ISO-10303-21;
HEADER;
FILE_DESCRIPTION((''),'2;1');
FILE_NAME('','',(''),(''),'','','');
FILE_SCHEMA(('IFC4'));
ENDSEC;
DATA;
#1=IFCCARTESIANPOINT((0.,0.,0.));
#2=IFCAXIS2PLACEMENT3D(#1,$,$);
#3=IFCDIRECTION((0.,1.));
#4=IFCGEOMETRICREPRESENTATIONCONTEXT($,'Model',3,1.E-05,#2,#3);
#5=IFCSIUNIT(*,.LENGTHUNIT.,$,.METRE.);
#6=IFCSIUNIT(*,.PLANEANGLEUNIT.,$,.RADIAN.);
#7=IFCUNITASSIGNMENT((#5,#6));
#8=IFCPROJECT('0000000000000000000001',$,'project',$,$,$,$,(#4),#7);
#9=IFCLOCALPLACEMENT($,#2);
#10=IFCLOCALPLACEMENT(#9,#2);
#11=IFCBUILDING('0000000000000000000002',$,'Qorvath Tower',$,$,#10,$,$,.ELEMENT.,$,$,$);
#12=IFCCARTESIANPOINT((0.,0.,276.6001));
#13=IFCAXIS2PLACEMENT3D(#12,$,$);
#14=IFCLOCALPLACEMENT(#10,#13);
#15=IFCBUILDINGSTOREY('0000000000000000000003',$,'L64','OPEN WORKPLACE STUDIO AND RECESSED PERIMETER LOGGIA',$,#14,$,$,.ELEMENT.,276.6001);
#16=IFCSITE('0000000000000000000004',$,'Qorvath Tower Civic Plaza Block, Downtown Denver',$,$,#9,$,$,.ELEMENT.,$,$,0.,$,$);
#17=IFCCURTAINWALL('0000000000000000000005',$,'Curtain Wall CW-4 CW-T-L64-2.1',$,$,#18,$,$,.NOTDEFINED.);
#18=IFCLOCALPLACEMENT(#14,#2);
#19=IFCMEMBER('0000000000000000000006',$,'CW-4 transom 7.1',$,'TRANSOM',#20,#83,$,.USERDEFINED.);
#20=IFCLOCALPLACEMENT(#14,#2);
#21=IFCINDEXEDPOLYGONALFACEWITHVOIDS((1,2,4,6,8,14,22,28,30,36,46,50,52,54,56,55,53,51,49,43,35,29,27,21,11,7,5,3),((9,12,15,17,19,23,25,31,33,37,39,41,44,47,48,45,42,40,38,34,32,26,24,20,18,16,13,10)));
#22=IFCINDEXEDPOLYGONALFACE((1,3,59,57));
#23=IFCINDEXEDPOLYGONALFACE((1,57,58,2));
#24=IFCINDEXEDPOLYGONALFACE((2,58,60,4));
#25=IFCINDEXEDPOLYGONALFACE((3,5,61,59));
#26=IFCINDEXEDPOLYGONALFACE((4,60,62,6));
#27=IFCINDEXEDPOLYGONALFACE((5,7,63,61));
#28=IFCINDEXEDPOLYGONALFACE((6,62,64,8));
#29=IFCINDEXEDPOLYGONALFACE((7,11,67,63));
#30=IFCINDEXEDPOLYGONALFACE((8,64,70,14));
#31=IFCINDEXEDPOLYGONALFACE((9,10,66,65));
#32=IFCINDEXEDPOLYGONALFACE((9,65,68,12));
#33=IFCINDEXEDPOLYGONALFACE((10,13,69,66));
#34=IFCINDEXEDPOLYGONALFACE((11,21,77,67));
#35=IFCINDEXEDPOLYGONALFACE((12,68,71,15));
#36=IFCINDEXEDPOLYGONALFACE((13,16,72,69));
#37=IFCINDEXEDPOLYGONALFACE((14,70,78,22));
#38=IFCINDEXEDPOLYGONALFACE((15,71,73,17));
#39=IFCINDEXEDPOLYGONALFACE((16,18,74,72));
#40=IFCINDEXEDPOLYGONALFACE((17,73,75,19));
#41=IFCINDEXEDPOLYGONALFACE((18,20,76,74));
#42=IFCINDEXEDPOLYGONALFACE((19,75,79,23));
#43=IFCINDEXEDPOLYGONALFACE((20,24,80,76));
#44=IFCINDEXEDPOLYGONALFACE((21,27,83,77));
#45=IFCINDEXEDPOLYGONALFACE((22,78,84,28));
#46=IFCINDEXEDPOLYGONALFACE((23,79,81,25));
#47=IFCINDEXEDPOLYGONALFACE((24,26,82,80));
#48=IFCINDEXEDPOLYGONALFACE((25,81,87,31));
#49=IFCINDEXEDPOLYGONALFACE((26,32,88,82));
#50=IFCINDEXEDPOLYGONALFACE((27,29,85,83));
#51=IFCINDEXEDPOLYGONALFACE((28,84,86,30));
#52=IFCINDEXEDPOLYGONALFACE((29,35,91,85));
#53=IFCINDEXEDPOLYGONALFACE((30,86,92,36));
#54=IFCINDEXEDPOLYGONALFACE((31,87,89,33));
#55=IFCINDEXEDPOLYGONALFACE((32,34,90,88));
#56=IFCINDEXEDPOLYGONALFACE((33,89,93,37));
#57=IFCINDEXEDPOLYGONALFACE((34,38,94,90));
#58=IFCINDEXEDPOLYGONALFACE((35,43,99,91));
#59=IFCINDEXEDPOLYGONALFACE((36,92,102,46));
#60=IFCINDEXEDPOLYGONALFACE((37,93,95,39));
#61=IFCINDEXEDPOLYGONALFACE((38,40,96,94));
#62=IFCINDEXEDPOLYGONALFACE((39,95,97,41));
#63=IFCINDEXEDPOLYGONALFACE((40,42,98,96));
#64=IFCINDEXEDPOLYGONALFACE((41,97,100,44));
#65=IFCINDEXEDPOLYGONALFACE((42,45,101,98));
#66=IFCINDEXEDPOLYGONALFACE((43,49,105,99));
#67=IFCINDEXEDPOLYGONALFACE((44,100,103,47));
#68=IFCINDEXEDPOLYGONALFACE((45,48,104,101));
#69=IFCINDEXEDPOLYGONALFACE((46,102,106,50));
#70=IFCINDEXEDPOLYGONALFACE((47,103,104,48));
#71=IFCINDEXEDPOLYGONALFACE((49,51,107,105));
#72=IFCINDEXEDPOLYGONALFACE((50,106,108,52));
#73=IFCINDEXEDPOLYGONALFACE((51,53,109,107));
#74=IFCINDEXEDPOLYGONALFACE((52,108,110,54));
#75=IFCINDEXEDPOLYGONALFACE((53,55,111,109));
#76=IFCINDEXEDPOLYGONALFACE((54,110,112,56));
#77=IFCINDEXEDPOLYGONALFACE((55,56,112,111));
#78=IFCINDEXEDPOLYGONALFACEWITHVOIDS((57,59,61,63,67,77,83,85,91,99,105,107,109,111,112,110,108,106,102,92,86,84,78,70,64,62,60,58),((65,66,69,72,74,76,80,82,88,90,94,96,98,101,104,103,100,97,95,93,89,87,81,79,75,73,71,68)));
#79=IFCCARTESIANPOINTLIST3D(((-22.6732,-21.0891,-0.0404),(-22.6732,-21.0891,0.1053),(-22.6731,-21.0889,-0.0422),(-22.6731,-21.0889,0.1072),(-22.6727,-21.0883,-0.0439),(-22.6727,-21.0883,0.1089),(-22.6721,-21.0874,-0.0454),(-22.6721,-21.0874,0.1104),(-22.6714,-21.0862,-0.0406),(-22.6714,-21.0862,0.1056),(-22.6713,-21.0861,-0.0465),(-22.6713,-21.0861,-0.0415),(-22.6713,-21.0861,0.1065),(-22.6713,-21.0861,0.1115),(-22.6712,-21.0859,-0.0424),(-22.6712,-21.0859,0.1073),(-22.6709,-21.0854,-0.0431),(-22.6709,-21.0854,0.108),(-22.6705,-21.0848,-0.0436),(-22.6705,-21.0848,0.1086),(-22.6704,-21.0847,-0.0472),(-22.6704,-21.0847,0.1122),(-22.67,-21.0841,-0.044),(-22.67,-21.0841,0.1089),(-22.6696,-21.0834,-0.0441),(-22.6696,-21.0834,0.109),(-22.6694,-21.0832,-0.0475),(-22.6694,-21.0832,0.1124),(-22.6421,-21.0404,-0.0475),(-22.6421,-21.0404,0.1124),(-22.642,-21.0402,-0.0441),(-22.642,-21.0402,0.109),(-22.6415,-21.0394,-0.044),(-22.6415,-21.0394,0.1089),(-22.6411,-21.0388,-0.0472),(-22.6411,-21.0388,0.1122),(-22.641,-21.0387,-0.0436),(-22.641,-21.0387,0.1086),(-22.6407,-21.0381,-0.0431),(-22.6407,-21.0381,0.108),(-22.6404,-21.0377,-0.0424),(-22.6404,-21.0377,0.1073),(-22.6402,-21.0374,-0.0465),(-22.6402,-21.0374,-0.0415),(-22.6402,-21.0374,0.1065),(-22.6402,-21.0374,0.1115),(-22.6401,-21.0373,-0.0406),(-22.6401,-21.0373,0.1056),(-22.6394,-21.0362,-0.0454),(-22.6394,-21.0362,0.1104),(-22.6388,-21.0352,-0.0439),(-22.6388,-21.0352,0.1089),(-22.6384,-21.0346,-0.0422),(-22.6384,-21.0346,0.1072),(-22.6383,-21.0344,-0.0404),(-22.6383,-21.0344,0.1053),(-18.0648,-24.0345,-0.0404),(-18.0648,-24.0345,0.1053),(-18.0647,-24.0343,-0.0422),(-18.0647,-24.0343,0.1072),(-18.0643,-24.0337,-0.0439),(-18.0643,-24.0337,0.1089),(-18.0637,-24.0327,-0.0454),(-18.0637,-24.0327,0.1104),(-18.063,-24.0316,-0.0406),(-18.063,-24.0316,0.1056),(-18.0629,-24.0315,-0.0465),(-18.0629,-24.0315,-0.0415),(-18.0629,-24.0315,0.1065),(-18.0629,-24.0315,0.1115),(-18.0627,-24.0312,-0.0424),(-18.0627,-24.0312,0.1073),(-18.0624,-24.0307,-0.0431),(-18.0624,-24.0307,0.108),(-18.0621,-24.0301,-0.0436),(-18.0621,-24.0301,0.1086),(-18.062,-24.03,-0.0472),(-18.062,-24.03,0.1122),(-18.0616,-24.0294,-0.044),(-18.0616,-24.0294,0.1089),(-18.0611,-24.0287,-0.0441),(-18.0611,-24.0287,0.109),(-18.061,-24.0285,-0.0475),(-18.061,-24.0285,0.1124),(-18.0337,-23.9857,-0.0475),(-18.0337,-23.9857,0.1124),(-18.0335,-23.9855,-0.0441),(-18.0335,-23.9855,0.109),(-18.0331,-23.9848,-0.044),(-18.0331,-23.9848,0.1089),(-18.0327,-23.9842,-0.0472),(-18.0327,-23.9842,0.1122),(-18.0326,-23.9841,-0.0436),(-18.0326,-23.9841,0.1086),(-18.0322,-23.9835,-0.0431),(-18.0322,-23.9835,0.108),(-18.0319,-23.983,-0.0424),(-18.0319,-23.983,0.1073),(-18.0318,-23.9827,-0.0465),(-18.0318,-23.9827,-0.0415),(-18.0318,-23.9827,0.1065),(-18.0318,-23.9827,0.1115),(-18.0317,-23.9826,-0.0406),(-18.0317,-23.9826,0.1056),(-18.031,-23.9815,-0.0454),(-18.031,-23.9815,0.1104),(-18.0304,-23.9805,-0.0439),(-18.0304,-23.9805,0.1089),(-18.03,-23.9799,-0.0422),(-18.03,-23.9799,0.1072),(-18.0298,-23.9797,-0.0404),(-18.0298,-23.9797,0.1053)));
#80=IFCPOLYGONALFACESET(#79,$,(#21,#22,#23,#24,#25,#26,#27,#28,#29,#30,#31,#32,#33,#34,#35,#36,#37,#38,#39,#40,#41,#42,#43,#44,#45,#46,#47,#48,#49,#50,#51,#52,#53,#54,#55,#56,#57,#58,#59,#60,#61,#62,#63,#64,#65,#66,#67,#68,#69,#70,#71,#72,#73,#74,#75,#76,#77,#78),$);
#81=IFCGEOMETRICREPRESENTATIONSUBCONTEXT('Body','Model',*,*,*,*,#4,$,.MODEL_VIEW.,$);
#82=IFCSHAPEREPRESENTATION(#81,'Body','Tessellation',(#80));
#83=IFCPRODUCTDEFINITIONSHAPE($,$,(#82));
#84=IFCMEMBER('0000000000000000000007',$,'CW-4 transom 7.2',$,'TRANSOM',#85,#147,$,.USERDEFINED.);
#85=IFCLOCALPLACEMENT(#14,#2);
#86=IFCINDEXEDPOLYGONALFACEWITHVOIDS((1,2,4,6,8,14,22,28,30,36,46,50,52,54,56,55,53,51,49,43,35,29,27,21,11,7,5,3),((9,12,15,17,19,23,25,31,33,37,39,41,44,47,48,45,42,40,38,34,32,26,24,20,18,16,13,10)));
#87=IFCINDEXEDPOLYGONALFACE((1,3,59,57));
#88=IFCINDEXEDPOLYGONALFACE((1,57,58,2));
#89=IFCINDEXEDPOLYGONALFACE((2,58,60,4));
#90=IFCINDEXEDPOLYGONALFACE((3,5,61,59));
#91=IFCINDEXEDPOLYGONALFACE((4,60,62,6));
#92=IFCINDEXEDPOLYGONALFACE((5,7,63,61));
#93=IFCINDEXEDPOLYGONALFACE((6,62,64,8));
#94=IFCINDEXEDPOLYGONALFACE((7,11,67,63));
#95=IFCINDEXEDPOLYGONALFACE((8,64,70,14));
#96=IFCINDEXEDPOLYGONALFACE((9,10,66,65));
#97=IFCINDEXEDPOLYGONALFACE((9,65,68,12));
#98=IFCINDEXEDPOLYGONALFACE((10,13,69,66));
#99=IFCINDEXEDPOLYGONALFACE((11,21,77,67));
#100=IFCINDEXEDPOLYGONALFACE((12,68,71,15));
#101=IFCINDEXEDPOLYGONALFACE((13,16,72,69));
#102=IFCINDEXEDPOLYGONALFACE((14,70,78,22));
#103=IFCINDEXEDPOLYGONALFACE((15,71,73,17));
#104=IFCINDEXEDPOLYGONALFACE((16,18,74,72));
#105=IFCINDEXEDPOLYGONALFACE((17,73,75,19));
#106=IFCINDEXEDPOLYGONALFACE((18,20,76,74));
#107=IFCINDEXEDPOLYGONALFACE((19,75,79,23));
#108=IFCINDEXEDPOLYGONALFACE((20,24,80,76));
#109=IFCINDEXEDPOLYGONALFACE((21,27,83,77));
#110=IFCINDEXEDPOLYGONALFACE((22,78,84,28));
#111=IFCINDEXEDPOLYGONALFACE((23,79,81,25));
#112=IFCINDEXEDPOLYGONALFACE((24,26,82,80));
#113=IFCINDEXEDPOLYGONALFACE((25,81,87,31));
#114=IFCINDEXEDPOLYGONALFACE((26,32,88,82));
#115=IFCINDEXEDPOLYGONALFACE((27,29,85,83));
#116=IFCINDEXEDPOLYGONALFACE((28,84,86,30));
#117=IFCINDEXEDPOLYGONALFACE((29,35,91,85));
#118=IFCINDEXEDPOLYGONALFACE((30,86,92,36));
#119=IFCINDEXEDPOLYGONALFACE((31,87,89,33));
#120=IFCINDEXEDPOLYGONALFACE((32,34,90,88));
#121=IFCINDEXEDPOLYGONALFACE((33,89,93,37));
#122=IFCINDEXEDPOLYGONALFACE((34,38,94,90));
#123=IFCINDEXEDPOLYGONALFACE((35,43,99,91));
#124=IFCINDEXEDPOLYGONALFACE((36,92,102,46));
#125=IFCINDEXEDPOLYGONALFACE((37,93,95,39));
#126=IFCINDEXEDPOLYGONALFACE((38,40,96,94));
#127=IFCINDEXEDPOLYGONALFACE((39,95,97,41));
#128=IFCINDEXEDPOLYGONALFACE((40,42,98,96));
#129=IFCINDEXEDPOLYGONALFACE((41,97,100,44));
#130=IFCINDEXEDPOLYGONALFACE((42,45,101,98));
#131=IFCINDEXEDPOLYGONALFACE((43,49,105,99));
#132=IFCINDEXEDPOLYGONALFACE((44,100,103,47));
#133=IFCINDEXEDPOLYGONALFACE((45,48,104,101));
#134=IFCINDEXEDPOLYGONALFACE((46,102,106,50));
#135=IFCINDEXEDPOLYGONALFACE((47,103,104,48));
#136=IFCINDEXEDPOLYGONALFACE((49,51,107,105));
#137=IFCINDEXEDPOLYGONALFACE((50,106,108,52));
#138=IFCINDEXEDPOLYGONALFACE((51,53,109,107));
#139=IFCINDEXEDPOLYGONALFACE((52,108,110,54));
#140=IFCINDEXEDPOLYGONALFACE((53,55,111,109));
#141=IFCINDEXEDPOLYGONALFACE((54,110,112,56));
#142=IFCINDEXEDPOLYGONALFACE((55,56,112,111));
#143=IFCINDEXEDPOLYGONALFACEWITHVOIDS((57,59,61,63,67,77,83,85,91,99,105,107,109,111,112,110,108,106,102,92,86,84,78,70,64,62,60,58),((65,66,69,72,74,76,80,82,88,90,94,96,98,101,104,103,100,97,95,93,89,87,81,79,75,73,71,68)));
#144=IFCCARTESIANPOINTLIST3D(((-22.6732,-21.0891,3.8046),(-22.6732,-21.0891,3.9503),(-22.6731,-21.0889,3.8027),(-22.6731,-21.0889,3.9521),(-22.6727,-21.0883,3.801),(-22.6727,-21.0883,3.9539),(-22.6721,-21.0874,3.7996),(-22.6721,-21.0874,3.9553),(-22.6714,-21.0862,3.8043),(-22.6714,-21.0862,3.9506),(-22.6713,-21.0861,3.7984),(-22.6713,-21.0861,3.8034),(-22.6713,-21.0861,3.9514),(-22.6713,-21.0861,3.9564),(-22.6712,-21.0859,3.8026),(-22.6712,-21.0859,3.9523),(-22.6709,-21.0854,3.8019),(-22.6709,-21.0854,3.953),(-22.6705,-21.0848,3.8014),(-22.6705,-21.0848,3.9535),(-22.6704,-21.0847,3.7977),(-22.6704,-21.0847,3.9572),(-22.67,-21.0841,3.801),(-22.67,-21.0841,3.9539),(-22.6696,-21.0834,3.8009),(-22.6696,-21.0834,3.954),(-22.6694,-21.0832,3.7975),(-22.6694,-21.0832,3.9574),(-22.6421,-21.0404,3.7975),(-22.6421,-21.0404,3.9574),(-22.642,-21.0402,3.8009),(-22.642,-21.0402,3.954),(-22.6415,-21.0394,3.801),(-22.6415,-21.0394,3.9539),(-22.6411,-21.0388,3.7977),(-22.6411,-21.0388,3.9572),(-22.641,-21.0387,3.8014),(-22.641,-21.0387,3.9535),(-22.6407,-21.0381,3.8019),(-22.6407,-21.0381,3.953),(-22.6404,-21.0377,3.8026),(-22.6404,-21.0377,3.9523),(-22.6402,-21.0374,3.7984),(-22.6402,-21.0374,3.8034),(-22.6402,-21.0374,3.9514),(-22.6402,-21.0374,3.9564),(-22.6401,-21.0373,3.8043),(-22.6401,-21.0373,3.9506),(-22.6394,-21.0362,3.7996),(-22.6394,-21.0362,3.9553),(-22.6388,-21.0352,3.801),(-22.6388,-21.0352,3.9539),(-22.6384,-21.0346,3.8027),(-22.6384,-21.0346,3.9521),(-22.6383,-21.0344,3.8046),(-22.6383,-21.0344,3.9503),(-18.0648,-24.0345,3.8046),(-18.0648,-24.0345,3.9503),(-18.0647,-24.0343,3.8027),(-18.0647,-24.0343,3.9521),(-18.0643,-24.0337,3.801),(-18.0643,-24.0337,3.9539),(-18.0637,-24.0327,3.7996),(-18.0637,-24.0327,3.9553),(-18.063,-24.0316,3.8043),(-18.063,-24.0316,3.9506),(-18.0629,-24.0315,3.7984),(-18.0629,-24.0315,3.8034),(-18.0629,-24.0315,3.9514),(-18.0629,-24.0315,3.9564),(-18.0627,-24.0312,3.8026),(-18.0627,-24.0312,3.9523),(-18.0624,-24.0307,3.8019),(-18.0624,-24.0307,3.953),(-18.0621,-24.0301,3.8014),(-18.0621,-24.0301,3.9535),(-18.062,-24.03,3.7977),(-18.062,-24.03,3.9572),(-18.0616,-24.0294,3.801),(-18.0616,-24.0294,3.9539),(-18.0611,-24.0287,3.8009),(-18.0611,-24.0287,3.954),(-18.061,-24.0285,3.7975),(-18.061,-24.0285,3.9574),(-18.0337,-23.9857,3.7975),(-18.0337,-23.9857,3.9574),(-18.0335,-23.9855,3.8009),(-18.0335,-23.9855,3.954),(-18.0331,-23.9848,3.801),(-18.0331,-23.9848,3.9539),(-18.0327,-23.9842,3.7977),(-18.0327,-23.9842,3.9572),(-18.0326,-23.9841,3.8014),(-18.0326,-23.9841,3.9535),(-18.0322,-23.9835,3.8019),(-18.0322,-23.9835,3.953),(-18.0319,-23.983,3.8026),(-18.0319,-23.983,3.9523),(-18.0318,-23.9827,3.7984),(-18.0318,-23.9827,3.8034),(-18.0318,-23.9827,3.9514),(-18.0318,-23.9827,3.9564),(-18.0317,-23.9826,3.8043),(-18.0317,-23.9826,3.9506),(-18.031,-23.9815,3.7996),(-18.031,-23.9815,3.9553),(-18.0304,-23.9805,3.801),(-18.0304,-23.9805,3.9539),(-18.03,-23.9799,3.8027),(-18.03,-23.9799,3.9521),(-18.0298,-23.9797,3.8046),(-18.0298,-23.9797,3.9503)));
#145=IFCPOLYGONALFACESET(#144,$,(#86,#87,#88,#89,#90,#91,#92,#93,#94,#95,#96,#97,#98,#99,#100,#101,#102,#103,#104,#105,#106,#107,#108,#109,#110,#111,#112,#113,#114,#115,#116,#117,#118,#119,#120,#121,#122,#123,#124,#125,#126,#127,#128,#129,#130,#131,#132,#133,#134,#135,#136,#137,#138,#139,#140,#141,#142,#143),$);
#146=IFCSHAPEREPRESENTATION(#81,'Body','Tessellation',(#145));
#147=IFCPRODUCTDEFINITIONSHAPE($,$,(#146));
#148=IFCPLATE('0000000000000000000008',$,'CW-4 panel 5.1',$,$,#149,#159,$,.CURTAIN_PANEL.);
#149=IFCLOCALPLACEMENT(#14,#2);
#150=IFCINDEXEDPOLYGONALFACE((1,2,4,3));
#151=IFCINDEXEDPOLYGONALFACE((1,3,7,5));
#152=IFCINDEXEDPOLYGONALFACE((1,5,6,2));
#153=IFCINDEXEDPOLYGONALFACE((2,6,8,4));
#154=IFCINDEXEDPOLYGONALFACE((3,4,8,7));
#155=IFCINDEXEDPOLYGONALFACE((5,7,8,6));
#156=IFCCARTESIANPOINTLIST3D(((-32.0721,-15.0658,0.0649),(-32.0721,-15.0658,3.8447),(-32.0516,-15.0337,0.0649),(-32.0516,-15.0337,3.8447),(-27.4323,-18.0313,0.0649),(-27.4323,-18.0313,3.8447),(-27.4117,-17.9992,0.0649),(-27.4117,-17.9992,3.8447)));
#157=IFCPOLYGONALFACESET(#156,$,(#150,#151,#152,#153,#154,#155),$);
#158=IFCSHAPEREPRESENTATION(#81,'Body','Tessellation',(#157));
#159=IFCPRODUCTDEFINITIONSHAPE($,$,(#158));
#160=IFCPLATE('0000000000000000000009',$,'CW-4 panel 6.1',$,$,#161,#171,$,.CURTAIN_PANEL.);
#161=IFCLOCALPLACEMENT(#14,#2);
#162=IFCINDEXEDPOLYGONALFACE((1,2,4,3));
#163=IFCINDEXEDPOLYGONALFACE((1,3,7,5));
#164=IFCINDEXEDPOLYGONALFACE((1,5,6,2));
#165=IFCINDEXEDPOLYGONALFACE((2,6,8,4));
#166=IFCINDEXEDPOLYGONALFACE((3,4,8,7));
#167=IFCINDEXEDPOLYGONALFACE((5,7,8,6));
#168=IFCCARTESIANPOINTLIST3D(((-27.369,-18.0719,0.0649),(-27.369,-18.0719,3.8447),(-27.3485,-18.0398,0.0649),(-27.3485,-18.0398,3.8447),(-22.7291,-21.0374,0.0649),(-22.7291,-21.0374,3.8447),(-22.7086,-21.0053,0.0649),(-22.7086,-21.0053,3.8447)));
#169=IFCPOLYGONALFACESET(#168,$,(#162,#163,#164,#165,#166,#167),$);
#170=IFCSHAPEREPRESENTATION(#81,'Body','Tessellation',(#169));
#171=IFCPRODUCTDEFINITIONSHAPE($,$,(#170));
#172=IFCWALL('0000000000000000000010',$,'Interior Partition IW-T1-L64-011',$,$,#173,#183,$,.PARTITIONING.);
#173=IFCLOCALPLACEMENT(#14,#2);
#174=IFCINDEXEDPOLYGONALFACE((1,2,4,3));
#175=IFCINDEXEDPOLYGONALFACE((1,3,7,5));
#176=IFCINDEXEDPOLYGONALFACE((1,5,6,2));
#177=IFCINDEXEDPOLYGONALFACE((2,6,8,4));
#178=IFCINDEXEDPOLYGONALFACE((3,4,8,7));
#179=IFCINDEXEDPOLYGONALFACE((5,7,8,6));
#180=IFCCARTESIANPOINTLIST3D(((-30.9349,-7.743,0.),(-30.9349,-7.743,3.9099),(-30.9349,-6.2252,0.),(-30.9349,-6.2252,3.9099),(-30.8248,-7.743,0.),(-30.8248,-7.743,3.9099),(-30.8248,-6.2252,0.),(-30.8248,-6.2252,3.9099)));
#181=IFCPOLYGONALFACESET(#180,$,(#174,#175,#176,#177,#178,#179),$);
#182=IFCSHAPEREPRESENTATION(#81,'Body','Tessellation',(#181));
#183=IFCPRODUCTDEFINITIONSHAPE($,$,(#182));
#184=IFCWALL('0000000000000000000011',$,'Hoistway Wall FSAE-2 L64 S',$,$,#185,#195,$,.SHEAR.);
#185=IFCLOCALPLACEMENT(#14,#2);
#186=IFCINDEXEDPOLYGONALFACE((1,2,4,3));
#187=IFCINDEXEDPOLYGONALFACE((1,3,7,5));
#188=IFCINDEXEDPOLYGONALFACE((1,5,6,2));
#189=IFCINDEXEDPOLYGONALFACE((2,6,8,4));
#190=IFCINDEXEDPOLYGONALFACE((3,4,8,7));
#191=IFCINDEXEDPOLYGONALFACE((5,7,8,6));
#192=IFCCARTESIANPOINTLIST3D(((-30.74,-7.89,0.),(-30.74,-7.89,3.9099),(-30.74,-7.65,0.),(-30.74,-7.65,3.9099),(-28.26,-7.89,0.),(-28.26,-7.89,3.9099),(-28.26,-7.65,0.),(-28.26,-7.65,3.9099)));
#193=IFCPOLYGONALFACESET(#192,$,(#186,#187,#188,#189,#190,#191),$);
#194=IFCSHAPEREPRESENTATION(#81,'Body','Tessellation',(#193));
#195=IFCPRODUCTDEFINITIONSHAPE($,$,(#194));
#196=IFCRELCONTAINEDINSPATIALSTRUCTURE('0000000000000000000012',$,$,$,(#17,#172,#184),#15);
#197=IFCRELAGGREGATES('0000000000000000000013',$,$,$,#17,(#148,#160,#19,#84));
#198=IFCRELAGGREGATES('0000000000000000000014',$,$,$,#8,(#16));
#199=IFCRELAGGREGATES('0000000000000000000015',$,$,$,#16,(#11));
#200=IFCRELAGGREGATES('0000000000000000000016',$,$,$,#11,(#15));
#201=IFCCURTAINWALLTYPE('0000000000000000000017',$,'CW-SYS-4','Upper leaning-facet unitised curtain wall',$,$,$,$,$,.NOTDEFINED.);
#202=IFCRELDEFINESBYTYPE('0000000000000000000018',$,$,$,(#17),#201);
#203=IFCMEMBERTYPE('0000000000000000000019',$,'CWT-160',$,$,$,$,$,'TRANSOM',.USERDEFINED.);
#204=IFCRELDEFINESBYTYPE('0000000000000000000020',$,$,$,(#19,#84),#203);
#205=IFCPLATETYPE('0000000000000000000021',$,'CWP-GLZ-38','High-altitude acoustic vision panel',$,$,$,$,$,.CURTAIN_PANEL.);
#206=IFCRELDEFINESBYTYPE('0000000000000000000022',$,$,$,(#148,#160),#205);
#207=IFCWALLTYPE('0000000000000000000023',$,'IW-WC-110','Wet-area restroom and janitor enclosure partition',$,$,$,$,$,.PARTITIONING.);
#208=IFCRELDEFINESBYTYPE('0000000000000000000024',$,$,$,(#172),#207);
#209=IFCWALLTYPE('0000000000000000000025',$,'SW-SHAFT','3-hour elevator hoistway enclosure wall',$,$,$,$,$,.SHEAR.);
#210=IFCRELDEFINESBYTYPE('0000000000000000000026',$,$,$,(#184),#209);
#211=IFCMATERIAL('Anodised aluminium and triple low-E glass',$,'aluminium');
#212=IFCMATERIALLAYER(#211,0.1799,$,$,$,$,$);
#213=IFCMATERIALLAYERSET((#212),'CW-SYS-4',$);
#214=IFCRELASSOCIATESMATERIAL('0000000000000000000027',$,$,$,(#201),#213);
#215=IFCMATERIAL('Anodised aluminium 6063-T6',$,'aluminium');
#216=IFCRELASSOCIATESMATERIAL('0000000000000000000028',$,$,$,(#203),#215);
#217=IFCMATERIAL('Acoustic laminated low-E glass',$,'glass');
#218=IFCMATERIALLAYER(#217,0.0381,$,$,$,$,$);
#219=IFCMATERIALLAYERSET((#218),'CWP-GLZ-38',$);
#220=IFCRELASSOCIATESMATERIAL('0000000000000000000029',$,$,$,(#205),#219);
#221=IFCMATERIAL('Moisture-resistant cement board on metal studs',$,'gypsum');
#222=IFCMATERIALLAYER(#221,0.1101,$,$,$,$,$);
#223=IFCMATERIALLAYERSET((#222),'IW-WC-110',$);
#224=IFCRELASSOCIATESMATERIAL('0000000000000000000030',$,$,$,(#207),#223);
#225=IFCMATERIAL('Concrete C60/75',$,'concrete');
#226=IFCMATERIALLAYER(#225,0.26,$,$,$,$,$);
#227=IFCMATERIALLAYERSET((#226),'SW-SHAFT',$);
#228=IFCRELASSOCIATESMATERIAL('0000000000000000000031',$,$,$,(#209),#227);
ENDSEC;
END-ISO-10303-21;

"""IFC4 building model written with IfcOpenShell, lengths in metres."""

from ifc_helpers import new_model, si_unit, direction, frame, frame_2d, origin, origin_2d, place, context, subcontext, project, spatial, rectangle, hollow_rectangle, extrude, material, layer, layer_set, material_profile, profile_set, type_object, element, aggregate, save


model = new_model("IFC4")

# Units and contexts
model_context = context("Model", 3, precision=1e-05, world=origin(), true_north=direction((0.0, 1.0)))
body_context = subcontext(model_context, "Body", "Model", "MODEL_VIEW")
ifc_project = project(units=[si_unit("LENGTHUNIT", "METRE"), si_unit("PLANEANGLEUNIT", "RADIAN")], contexts=[model_context])

# Site, building, storey
site_placement = place(None, origin())
site = spatial("IfcSite", under=ifc_project, at=site_placement, Name="Qorvath Tower Civic Plaza Block, Downtown Denver", CompositionType="ELEMENT", RefElevation=0.0)
building_placement = place(site_placement, origin())
building = spatial("IfcBuilding", under=site, at=building_placement, Name="Qorvath Tower", CompositionType="ELEMENT")
storey_placement = place(building_placement, frame((0.0, 0.0, 276.6001)))
storey = spatial("IfcBuildingStorey", under=building, at=storey_placement, Name="L64", Description="OPEN WORKPLACE STUDIO AND RECESSED PERIMETER LOGGIA", CompositionType="ELEMENT", Elevation=276.6001)

# Curtain wall, members, plates
ifc_material_1 = material(Name="Anodised aluminium and triple low-E glass", Category="aluminium")
ifc_layer_1 = layer(ifc_material_1, 0.1799)
ifc_layer_set_1 = layer_set([ifc_layer_1], Name="CW-SYS-4")
curtain_wall_type = type_object("IfcCurtainWallType", Name="CW-SYS-4", Description="Upper leaning-facet unitised curtain wall", PredefinedType="NOTDEFINED", material=ifc_layer_set_1)
curtain_wall_placement = place(storey_placement, origin())
curtain_wall = element("IfcCurtainWall", 1, at=curtain_wall_placement, inside=storey, type_object=curtain_wall_type, Name="Curtain Wall CW-4 CW-T-L64-2.1", PredefinedType="NOTDEFINED")
ifc_material_2 = material(Name="Anodised aluminium 6063-T6", Category="aluminium")
ifc_material_profile_1 = material_profile(ifc_material_2, hollow_rectangle(XDim=0.0649, YDim=0.1599, WallThickness=0.0034, InnerFilletRadius=0.0034, OuterFilletRadius=0.0071, at=origin_2d()), Name="CWT 160x65")
ifc_profile_set_1 = profile_set([ifc_material_profile_1], Name="Anodised aluminium 6063-T6")
member_type_1 = type_object("IfcMemberType", Name="CWT-160", ElementType="TRANSOM", PredefinedType="USERDEFINED", material=ifc_profile_set_1)
member_1_placement = place(storey_placement, frame((-22.6558, -21.0618, 0.0325), z_axis=(0.842608, -0.538527, 0.0), x_axis=(0.538527, 0.842608, 0.0)))
member_1 = element("IfcMember", 2, at=member_1_placement, type_object=member_type_1, Name="CW-4 transom 7.1", ObjectType="TRANSOM", PredefinedType="USERDEFINED", context=body_context, shape_type="SweptSolid", body=[
    extrude(hollow_rectangle(XDim=0.0649, YDim=0.1599, WallThickness=0.0034, InnerFilletRadius=0.0034, OuterFilletRadius=0.0071, at=origin_2d()), origin(), (0.0, 0.0, 1.0), 5.4692),
])
member_2_placement = place(storey_placement, frame((-22.6558, -21.0618, 3.8774), z_axis=(0.842608, -0.538527, 0.0), x_axis=(0.538527, 0.842608, 0.0)))
member_2 = element("IfcMember", 3, at=member_2_placement, type_object=member_type_1, Name="CW-4 transom 7.2", ObjectType="TRANSOM", PredefinedType="USERDEFINED", context=body_context, shape_type="SweptSolid", body=[
    extrude(hollow_rectangle(XDim=0.0649, YDim=0.1599, WallThickness=0.0034, InnerFilletRadius=0.0034, OuterFilletRadius=0.0071, at=origin_2d()), origin(), (0.0, 0.0, 1.0), 5.4692),
])
ifc_material_3 = material(Name="Acoustic laminated low-E glass", Category="glass")
ifc_layer_2 = layer(ifc_material_3, 0.0381)
ifc_layer_set_2 = layer_set([ifc_layer_2], Name="CWP-GLZ-38")
plate_type = type_object("IfcPlateType", Name="CWP-GLZ-38", Description="High-altitude acoustic vision panel", PredefinedType="CURTAIN_PANEL", material=ifc_layer_set_2)
plate_1_placement = place(storey_placement, frame((-29.7419, -16.5325, 0.0649), z_axis=(0.0, 0.0, 1.0), x_axis=(0.842604, -0.538534, 0.0)))
plate_1 = element("IfcPlate", 4, at=plate_1_placement, type_object=plate_type, Name="CW-4 panel 5.1", PredefinedType="CURTAIN_PANEL", context=body_context, shape_type="SweptSolid", body=[
    extrude(rectangle(XDim=5.5066, YDim=0.0381, at=origin_2d()), origin(), (0.0, 0.0, 1.0), 3.7798),
])
plate_2_placement = place(storey_placement, frame((-25.0388, -19.5386, 0.0649), z_axis=(0.0, 0.0, 1.0), x_axis=(0.842604, -0.538534, 0.0)))
plate_2 = element("IfcPlate", 5, at=plate_2_placement, type_object=plate_type, Name="CW-4 panel 6.1", PredefinedType="CURTAIN_PANEL", context=body_context, shape_type="SweptSolid", body=[
    extrude(rectangle(XDim=5.5066, YDim=0.0381, at=origin_2d()), origin(), (0.0, 0.0, 1.0), 3.7798),
])
aggregate(curtain_wall, [plate_1, plate_2, member_1, member_2])

# Walls
ifc_material_4 = material(Name="Moisture-resistant cement board on metal studs", Category="gypsum")
ifc_layer_3 = layer(ifc_material_4, 0.1101)
ifc_layer_set_3 = layer_set([ifc_layer_3], Name="IW-WC-110")
wall_type_1 = type_object("IfcWallType", Name="IW-WC-110", Description="Wet-area restroom and janitor enclosure partition", PredefinedType="PARTITIONING", material=ifc_layer_set_3)
wall_1_placement = place(storey_placement, frame((-30.8799, -7.7429, 0.0), z_axis=(0.0, 0.0, 1.0), x_axis=(0.0, 1.0, 0.0)))
element("IfcWall", 6, at=wall_1_placement, inside=storey, type_object=wall_type_1, Name="Interior Partition IW-T1-L64-011", PredefinedType="PARTITIONING", context=body_context, shape_type="SweptSolid", body=[
    extrude(rectangle(XDim=1.5178, YDim=0.1101, at=frame_2d((0.7588, 0.0))), origin(), (0.0, 0.0, 1.0), 3.9099),
])
ifc_material_5 = material(Name="Concrete C60/75", Category="concrete")
ifc_layer_4 = layer(ifc_material_5, 0.26)
ifc_layer_set_4 = layer_set([ifc_layer_4], Name="SW-SHAFT")
wall_type_2 = type_object("IfcWallType", Name="SW-SHAFT", Description="3-hour elevator hoistway enclosure wall", PredefinedType="SHEAR", material=ifc_layer_set_4)
wall_2_placement = place(storey_placement, frame((-28.26, -7.77, 0.0), z_axis=(0.0, 0.0, 1.0), x_axis=(-1.0, 0.0, 0.0)))
element("IfcWall", 7, at=wall_2_placement, inside=storey, type_object=wall_type_2, Name="Hoistway Wall FSAE-2 L64 S", PredefinedType="SHEAR", context=body_context, shape_type="SweptSolid", body=[
    extrude(rectangle(XDim=2.48, YDim=0.24, at=frame_2d((1.24, 0.0))), origin(), (0.0, 0.0, 1.0), 3.9099),
])

save(model, "model.ifc")
